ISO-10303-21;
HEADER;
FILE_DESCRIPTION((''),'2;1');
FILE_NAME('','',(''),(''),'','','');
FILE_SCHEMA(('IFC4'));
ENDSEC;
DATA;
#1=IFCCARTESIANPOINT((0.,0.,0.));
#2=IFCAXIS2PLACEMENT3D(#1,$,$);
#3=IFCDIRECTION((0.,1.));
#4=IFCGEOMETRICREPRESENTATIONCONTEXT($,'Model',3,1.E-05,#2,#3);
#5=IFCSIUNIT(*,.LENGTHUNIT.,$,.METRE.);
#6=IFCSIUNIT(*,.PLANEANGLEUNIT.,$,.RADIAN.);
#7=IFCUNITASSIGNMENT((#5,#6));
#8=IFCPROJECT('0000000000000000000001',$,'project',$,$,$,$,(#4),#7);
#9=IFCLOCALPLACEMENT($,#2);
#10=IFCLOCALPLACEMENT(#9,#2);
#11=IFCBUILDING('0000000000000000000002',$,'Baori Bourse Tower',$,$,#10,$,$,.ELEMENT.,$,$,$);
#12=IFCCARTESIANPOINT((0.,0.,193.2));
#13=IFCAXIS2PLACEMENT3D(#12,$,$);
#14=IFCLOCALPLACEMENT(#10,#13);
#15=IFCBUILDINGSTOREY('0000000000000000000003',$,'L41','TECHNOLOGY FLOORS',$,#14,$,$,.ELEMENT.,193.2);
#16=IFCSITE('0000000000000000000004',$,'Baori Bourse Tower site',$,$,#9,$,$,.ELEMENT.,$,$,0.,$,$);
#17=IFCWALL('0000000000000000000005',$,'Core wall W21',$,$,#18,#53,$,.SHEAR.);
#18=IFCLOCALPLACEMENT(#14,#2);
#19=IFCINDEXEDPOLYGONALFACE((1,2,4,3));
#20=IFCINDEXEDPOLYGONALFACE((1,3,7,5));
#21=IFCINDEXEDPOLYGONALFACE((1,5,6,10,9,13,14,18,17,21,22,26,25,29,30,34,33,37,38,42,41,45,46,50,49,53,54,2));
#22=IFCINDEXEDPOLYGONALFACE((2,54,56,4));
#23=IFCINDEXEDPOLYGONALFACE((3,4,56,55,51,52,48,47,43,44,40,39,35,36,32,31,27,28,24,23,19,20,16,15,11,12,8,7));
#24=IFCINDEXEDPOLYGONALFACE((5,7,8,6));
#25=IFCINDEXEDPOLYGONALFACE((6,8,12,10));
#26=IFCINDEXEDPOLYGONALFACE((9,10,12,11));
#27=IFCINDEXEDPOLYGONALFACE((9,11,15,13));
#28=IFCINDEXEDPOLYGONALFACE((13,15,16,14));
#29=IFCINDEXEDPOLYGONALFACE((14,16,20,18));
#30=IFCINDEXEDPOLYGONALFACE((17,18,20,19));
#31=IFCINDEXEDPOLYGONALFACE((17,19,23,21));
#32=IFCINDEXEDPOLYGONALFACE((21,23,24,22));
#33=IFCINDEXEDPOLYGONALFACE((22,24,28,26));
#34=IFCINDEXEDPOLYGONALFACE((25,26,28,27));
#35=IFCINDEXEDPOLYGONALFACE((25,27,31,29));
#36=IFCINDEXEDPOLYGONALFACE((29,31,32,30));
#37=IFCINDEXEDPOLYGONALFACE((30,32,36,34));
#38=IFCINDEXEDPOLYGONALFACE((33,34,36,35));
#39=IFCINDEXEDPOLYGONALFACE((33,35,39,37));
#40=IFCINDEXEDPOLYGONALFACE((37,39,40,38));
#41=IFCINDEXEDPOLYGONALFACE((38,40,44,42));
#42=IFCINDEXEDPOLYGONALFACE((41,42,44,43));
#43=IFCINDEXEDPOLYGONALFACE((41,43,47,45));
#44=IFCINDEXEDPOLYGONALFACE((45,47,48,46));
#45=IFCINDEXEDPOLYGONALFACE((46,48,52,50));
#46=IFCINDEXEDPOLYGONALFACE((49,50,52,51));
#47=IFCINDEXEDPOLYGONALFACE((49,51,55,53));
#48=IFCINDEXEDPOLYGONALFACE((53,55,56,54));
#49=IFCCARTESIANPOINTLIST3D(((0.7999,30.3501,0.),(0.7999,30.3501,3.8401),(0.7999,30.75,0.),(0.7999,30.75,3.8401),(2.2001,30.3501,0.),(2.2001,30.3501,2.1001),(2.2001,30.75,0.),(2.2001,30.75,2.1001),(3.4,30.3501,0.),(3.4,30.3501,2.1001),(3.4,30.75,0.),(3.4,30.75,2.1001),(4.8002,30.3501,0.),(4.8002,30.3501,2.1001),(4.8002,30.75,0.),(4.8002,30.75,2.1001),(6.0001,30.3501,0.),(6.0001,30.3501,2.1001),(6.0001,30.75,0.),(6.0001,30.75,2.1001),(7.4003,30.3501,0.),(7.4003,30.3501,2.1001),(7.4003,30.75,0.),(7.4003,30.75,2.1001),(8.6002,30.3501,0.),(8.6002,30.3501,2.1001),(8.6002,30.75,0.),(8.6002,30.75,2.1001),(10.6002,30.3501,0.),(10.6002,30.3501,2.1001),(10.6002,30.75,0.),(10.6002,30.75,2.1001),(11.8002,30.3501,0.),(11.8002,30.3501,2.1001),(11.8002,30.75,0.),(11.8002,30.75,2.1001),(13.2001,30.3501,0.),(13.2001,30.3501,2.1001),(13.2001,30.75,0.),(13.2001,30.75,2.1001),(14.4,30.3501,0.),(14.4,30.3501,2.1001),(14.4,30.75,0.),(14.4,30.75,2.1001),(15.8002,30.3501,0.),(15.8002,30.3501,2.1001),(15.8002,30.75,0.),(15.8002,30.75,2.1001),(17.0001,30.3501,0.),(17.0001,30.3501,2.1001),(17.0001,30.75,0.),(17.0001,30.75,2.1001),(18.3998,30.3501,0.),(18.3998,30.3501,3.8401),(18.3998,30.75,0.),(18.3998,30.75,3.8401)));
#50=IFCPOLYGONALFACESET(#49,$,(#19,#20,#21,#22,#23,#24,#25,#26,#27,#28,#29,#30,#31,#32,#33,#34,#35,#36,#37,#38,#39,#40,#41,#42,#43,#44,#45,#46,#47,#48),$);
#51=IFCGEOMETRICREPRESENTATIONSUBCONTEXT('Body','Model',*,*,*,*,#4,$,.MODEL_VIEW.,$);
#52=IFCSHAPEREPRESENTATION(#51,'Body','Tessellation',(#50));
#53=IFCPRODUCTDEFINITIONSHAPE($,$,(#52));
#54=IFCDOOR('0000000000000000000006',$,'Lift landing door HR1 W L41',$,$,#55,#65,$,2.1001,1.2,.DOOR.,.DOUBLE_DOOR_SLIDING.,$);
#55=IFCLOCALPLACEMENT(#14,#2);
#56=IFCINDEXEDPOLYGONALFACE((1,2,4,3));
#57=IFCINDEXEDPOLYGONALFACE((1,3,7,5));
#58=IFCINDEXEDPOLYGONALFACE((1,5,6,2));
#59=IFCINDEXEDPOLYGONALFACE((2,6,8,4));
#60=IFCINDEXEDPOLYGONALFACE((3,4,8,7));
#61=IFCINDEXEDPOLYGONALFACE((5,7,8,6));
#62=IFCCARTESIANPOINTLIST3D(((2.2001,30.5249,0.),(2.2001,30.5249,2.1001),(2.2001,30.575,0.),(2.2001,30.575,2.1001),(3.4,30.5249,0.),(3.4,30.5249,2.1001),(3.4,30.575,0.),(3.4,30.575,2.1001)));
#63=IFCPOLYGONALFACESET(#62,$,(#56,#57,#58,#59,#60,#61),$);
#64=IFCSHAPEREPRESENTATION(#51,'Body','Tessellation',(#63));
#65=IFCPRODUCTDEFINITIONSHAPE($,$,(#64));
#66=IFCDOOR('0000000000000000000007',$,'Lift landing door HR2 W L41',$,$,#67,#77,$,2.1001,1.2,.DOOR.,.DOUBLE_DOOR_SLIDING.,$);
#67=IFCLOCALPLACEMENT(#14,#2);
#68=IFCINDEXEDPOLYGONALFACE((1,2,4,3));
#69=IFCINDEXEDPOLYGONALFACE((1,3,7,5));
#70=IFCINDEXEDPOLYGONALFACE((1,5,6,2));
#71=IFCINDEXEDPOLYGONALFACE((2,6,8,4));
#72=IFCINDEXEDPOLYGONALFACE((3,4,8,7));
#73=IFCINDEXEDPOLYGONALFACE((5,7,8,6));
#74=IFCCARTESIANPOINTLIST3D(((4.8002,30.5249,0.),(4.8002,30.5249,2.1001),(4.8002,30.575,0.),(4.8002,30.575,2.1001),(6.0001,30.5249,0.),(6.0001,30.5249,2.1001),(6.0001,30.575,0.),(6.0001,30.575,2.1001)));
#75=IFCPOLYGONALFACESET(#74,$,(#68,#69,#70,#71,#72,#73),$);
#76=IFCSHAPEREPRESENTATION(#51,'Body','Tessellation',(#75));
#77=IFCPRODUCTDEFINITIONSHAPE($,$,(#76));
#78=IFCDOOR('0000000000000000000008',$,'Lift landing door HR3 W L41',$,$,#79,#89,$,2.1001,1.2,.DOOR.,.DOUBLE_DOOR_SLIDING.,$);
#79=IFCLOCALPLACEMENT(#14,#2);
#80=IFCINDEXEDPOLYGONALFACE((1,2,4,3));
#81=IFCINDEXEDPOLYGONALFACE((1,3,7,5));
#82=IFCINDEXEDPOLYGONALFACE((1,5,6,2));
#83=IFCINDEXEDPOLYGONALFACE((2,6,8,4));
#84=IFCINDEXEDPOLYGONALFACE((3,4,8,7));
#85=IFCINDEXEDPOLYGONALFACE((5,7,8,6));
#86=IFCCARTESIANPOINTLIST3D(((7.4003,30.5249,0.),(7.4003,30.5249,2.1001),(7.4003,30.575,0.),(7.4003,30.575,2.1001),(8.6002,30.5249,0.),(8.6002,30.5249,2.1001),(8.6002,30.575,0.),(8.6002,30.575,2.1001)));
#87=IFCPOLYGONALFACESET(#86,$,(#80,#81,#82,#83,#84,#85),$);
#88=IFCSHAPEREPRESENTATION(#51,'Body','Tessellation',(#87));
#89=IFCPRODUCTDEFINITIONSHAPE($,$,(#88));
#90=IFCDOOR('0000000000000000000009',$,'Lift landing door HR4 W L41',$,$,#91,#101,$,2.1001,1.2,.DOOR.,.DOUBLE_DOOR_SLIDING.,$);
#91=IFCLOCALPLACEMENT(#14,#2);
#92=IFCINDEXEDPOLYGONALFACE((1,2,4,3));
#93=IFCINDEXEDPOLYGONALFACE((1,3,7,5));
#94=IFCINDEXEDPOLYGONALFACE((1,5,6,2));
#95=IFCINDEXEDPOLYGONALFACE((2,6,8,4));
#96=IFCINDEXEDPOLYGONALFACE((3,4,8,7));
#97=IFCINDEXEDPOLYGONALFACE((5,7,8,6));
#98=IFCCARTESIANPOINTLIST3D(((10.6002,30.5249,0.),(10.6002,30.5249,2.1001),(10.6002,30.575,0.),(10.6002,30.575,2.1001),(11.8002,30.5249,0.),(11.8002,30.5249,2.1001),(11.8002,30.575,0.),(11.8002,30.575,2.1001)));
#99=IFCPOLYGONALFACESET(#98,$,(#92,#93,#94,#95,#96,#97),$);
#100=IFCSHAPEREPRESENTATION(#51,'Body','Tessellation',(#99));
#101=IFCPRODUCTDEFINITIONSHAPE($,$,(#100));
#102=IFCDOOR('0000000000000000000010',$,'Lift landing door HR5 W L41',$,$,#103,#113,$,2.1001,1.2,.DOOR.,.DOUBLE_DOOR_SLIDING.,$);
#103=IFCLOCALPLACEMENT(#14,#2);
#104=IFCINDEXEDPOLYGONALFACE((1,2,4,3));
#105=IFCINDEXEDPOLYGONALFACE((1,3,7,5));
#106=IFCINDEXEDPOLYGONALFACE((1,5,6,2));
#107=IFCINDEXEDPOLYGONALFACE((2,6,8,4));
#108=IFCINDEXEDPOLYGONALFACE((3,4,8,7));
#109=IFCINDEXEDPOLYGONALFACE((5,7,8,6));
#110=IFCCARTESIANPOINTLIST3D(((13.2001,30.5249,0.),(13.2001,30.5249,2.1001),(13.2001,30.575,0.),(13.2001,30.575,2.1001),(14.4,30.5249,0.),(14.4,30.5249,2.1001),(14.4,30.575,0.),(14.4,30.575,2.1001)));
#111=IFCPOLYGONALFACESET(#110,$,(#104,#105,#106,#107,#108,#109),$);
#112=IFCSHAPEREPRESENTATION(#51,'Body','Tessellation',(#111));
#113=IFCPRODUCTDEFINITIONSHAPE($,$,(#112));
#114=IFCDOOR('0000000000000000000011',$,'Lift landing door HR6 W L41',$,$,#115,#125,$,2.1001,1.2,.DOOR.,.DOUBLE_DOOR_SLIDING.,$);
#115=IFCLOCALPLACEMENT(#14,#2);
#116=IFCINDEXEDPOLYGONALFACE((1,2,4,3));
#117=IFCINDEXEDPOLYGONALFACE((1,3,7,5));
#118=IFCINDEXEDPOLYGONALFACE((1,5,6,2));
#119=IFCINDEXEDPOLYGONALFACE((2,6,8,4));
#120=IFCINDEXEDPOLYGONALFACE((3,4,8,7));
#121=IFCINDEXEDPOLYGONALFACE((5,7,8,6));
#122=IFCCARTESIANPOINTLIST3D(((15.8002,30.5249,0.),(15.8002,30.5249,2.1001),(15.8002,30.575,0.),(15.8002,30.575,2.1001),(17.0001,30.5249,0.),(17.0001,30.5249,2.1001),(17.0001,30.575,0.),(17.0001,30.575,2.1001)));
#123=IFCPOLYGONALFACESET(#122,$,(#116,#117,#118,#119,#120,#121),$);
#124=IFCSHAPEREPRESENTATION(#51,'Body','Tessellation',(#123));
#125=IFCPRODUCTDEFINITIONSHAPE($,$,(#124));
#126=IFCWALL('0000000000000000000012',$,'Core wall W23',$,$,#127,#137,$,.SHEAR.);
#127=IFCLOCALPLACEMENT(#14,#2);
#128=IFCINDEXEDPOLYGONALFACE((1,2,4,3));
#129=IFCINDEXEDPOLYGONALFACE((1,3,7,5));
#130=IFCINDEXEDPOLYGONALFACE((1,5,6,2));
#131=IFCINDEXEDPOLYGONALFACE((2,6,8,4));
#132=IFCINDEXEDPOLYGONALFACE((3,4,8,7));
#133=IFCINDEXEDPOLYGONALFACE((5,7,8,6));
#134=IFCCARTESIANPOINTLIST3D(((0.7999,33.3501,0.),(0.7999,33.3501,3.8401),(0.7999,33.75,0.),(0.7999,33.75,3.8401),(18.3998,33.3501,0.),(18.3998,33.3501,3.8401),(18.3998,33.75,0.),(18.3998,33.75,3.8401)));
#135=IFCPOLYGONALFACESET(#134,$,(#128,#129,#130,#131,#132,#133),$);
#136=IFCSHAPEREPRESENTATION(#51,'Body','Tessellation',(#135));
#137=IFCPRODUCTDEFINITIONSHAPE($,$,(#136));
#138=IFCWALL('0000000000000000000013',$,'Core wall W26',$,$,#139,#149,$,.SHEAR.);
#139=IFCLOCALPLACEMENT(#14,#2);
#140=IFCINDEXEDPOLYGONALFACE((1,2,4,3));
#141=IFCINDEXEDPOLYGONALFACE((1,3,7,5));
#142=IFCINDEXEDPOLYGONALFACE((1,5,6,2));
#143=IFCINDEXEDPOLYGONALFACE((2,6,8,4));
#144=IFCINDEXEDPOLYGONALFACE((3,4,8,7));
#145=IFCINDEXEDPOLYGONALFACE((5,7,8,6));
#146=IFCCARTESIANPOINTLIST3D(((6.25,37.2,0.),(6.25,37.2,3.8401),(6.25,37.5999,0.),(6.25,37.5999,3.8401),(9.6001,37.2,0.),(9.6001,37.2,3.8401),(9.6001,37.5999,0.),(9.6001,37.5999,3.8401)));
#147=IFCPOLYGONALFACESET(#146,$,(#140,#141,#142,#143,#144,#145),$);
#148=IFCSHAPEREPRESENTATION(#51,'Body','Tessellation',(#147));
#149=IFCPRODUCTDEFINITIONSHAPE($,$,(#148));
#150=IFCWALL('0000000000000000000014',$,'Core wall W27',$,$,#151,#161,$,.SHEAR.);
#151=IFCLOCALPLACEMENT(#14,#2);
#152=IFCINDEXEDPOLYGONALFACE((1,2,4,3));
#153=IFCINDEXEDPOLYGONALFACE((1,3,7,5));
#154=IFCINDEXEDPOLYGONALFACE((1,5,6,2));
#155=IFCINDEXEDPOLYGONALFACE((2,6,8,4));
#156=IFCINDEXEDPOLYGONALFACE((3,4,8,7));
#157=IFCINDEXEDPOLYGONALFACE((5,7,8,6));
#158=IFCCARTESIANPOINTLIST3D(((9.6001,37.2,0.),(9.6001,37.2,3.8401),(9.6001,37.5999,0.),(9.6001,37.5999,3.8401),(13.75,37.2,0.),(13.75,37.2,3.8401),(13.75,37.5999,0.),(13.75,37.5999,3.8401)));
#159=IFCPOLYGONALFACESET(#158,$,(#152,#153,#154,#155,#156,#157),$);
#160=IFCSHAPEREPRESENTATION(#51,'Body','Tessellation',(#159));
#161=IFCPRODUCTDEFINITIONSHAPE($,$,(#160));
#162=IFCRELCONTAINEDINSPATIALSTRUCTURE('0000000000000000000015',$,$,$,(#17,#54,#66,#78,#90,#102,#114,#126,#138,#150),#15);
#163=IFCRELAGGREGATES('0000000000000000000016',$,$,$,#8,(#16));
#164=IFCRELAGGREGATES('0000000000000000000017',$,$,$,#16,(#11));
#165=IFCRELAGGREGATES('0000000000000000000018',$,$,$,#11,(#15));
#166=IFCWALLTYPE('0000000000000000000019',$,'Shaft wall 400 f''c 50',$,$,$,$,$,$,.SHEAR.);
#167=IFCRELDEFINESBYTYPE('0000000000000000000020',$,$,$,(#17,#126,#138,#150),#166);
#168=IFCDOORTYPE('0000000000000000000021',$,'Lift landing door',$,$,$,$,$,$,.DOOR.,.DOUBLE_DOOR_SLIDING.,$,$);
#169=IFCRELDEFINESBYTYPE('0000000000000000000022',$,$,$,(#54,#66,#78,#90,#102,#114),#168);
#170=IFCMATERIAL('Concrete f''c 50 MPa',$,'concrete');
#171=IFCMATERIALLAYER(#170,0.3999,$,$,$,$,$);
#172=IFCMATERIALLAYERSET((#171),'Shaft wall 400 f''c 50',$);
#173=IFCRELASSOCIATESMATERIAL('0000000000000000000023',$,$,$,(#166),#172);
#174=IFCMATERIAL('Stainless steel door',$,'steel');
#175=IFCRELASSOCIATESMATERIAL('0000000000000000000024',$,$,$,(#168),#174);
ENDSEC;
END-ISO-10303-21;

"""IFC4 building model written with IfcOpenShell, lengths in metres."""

from ifc_helpers import new_model, si_unit, direction, frame, frame_2d, origin, place, context, subcontext, project, spatial, rectangle, extrude, material, layer, layer_set, type_object, element, fill, save


model = new_model("IFC4")

# Units and contexts
model_context = context("Model", 3, precision=1e-05, world=origin(), true_north=direction((0.0, 1.0)))
body_context = subcontext(model_context, "Body", "Model", "MODEL_VIEW")
ifc_project = project(units=[si_unit("LENGTHUNIT", "METRE"), si_unit("PLANEANGLEUNIT", "RADIAN")], contexts=[model_context])

# Site, building, storey
site_placement = place(None, origin())
site = spatial("IfcSite", under=ifc_project, at=site_placement, Name="Baori Bourse Tower site", CompositionType="ELEMENT", RefElevation=0.0)
building_placement = place(site_placement, origin())
building = spatial("IfcBuilding", under=site, at=building_placement, Name="Baori Bourse Tower", CompositionType="ELEMENT")
storey_placement = place(building_placement, frame((0.0, 0.0, 193.2)))
storey = spatial("IfcBuildingStorey", under=building, at=storey_placement, Name="L41", Description="TECHNOLOGY FLOORS", CompositionType="ELEMENT", Elevation=193.2)

# Wall, openings, doors
ifc_material_1 = material(Name="Concrete f'c 50 MPa", Category="concrete")
ifc_layer_1 = layer(ifc_material_1, 0.3999)
ifc_layer_set_1 = layer_set([ifc_layer_1], Name="Shaft wall 400 f'c 50")
wall_type_1 = type_object("IfcWallType", Name="Shaft wall 400 f'c 50", PredefinedType="SHEAR", material=ifc_layer_set_1)
ifc_material_2 = material(Name="Stainless steel door", Category="steel")
door_type_1 = type_object("IfcDoorType", Name="Lift landing door", OperationType="DOUBLE_DOOR_SLIDING", PredefinedType="DOOR", material=ifc_material_2)
wall_1_placement = place(storey_placement, frame((0.8, 30.55, 0.0), z_axis=(0.0, 0.0, 1.0), x_axis=(1.0, 0.0, 0.0)))
wall_1 = element("IfcWall", 1, at=wall_1_placement, inside=storey, type_object=wall_type_1, Name="Core wall W21", PredefinedType="SHEAR", context=body_context, shape_type="SweptSolid", body=[
    extrude(rectangle(XDim=17.5999, YDim=0.3999, at=frame_2d((8.7998, 0.0))), origin(), (0.0, 0.0, 1.0), 3.8401),
])
opening_1_placement = place(wall_1_placement, frame((1.3999, 0.0, 0.0)))
opening_1 = element("IfcOpeningElement", 2, at=opening_1_placement, cuts=wall_1, PredefinedType="OPENING", context=body_context, shape_type="SweptSolid", body=[
    extrude(rectangle(XDim=1.2, YDim=2.1001, at=frame_2d((0.6001, 1.05))), frame((0.0, 0.21, 0.0), z_axis=(0.0, -1.0, 0.0), x_axis=(1.0, 0.0, 0.0)), (0.0, 0.0, 1.0), 0.4199),
])
opening_2_placement = place(wall_1_placement, frame((4.0, 0.0, 0.0)))
opening_2 = element("IfcOpeningElement", 3, at=opening_2_placement, cuts=wall_1, PredefinedType="OPENING", context=body_context, shape_type="SweptSolid", body=[
    extrude(rectangle(XDim=1.2, YDim=2.1001, at=frame_2d((0.6001, 1.05))), frame((0.0, 0.21, 0.0), z_axis=(0.0, -1.0, 0.0), x_axis=(1.0, 0.0, 0.0)), (0.0, 0.0, 1.0), 0.4199),
])
opening_3_placement = place(wall_1_placement, frame((6.6001, 0.0, 0.0)))
opening_3 = element("IfcOpeningElement", 4, at=opening_3_placement, cuts=wall_1, PredefinedType="OPENING", context=body_context, shape_type="SweptSolid", body=[
    extrude(rectangle(XDim=1.2, YDim=2.1001, at=frame_2d((0.6001, 1.05))), frame((0.0, 0.21, 0.0), z_axis=(0.0, -1.0, 0.0), x_axis=(1.0, 0.0, 0.0)), (0.0, 0.0, 1.0), 0.4199),
])
opening_4_placement = place(wall_1_placement, frame((9.8, 0.0, 0.0)))
opening_4 = element("IfcOpeningElement", 5, at=opening_4_placement, cuts=wall_1, PredefinedType="OPENING", context=body_context, shape_type="SweptSolid", body=[
    extrude(rectangle(XDim=1.2, YDim=2.1001, at=frame_2d((0.6001, 1.05))), frame((0.0, 0.21, 0.0), z_axis=(0.0, -1.0, 0.0), x_axis=(1.0, 0.0, 0.0)), (0.0, 0.0, 1.0), 0.4199),
])
opening_5_placement = place(wall_1_placement, frame((12.3999, 0.0, 0.0)))
opening_5 = element("IfcOpeningElement", 6, at=opening_5_placement, cuts=wall_1, PredefinedType="OPENING", context=body_context, shape_type="SweptSolid", body=[
    extrude(rectangle(XDim=1.2, YDim=2.1001, at=frame_2d((0.6001, 1.05))), frame((0.0, 0.21, 0.0), z_axis=(0.0, -1.0, 0.0), x_axis=(1.0, 0.0, 0.0)), (0.0, 0.0, 1.0), 0.4199),
])
opening_6_placement = place(wall_1_placement, frame((15.0, 0.0, 0.0)))
opening_6 = element("IfcOpeningElement", 7, at=opening_6_placement, cuts=wall_1, PredefinedType="OPENING", context=body_context, shape_type="SweptSolid", body=[
    extrude(rectangle(XDim=1.2, YDim=2.1001, at=frame_2d((0.6001, 1.05))), frame((0.0, 0.21, 0.0), z_axis=(0.0, -1.0, 0.0), x_axis=(1.0, 0.0, 0.0)), (0.0, 0.0, 1.0), 0.4199),
])
door_1_placement = place(opening_1_placement, origin())
door_1 = element("IfcDoor", 8, at=door_1_placement, inside=storey, type_object=door_type_1, Name="Lift landing door HR1 W L41", OperationType="DOUBLE_DOOR_SLIDING", OverallHeight=2.1001, OverallWidth=1.2, PredefinedType="DOOR", context=body_context, shape_type="SweptSolid", body=[
    extrude(rectangle(XDim=1.2, YDim=2.1001, at=frame_2d((0.6001, 1.05))), frame((0.0, 0.0249, 0.0), z_axis=(0.0, -1.0, 0.0), x_axis=(1.0, 0.0, 0.0)), (0.0, 0.0, 1.0), 0.05),
])
fill(opening_1, door_1)
door_2_placement = place(opening_2_placement, origin())
door_2 = element("IfcDoor", 9, at=door_2_placement, inside=storey, type_object=door_type_1, Name="Lift landing door HR2 W L41", OperationType="DOUBLE_DOOR_SLIDING", OverallHeight=2.1001, OverallWidth=1.2, PredefinedType="DOOR", context=body_context, shape_type="SweptSolid", body=[
    extrude(rectangle(XDim=1.2, YDim=2.1001, at=frame_2d((0.6001, 1.05))), frame((0.0, 0.0249, 0.0), z_axis=(0.0, -1.0, 0.0), x_axis=(1.0, 0.0, 0.0)), (0.0, 0.0, 1.0), 0.05),
])
fill(opening_2, door_2)
door_3_placement = place(opening_3_placement, origin())
door_3 = element("IfcDoor", 10, at=door_3_placement, inside=storey, type_object=door_type_1, Name="Lift landing door HR3 W L41", OperationType="DOUBLE_DOOR_SLIDING", OverallHeight=2.1001, OverallWidth=1.2, PredefinedType="DOOR", context=body_context, shape_type="SweptSolid", body=[
    extrude(rectangle(XDim=1.2, YDim=2.1001, at=frame_2d((0.6001, 1.05))), frame((0.0, 0.0249, 0.0), z_axis=(0.0, -1.0, 0.0), x_axis=(1.0, 0.0, 0.0)), (0.0, 0.0, 1.0), 0.05),
])
fill(opening_3, door_3)
door_4_placement = place(opening_4_placement, origin())
door_4 = element("IfcDoor", 11, at=door_4_placement, inside=storey, type_object=door_type_1, Name="Lift landing door HR4 W L41", OperationType="DOUBLE_DOOR_SLIDING", OverallHeight=2.1001, OverallWidth=1.2, PredefinedType="DOOR", context=body_context, shape_type="SweptSolid", body=[
    extrude(rectangle(XDim=1.2, YDim=2.1001, at=frame_2d((0.6001, 1.05))), frame((0.0, 0.0249, 0.0), z_axis=(0.0, -1.0, 0.0), x_axis=(1.0, 0.0, 0.0)), (0.0, 0.0, 1.0), 0.05),
])
fill(opening_4, door_4)
door_5_placement = place(opening_5_placement, origin())
door_5 = element("IfcDoor", 12, at=door_5_placement, inside=storey, type_object=door_type_1, Name="Lift landing door HR5 W L41", OperationType="DOUBLE_DOOR_SLIDING", OverallHeight=2.1001, OverallWidth=1.2, PredefinedType="DOOR", context=body_context, shape_type="SweptSolid", body=[
    extrude(rectangle(XDim=1.2, YDim=2.1001, at=frame_2d((0.6001, 1.05))), frame((0.0, 0.0249, 0.0), z_axis=(0.0, -1.0, 0.0), x_axis=(1.0, 0.0, 0.0)), (0.0, 0.0, 1.0), 0.05),
])
fill(opening_5, door_5)
door_6_placement = place(opening_6_placement, origin())
door_6 = element("IfcDoor", 13, at=door_6_placement, inside=storey, type_object=door_type_1, Name="Lift landing door HR6 W L41", OperationType="DOUBLE_DOOR_SLIDING", OverallHeight=2.1001, OverallWidth=1.2, PredefinedType="DOOR", context=body_context, shape_type="SweptSolid", body=[
    extrude(rectangle(XDim=1.2, YDim=2.1001, at=frame_2d((0.6001, 1.05))), frame((0.0, 0.0249, 0.0), z_axis=(0.0, -1.0, 0.0), x_axis=(1.0, 0.0, 0.0)), (0.0, 0.0, 1.0), 0.05),
])
fill(opening_6, door_6)

# Walls
wall_2_placement = place(storey_placement, frame((0.8, 33.55, 0.0), z_axis=(0.0, 0.0, 1.0), x_axis=(1.0, 0.0, 0.0)))
element("IfcWall", 14, at=wall_2_placement, inside=storey, type_object=wall_type_1, Name="Core wall W23", PredefinedType="SHEAR", context=body_context, shape_type="SweptSolid", body=[
    extrude(rectangle(XDim=17.5999, YDim=0.3999, at=frame_2d((8.7998, 0.0))), origin(), (0.0, 0.0, 1.0), 3.8401),
])
wall_3_placement = place(storey_placement, frame((6.25, 37.3999, 0.0), z_axis=(0.0, 0.0, 1.0), x_axis=(1.0, 0.0, 0.0)))
element("IfcWall", 15, at=wall_3_placement, inside=storey, type_object=wall_type_1, Name="Core wall W26", PredefinedType="SHEAR", context=body_context, shape_type="SweptSolid", body=[
    extrude(rectangle(XDim=3.3501, YDim=0.3999, at=frame_2d((1.675, 0.0))), origin(), (0.0, 0.0, 1.0), 3.8401),
])
wall_4_placement = place(storey_placement, frame((9.6001, 37.3999, 0.0), z_axis=(0.0, 0.0, 1.0), x_axis=(1.0, 0.0, 0.0)))
element("IfcWall", 16, at=wall_4_placement, inside=storey, type_object=wall_type_1, Name="Core wall W27", PredefinedType="SHEAR", context=body_context, shape_type="SweptSolid", body=[
    extrude(rectangle(XDim=4.1499, YDim=0.3999, at=frame_2d((2.075, 0.0))), origin(), (0.0, 0.0, 1.0), 3.8401),
])

save(model, "model.ifc")
